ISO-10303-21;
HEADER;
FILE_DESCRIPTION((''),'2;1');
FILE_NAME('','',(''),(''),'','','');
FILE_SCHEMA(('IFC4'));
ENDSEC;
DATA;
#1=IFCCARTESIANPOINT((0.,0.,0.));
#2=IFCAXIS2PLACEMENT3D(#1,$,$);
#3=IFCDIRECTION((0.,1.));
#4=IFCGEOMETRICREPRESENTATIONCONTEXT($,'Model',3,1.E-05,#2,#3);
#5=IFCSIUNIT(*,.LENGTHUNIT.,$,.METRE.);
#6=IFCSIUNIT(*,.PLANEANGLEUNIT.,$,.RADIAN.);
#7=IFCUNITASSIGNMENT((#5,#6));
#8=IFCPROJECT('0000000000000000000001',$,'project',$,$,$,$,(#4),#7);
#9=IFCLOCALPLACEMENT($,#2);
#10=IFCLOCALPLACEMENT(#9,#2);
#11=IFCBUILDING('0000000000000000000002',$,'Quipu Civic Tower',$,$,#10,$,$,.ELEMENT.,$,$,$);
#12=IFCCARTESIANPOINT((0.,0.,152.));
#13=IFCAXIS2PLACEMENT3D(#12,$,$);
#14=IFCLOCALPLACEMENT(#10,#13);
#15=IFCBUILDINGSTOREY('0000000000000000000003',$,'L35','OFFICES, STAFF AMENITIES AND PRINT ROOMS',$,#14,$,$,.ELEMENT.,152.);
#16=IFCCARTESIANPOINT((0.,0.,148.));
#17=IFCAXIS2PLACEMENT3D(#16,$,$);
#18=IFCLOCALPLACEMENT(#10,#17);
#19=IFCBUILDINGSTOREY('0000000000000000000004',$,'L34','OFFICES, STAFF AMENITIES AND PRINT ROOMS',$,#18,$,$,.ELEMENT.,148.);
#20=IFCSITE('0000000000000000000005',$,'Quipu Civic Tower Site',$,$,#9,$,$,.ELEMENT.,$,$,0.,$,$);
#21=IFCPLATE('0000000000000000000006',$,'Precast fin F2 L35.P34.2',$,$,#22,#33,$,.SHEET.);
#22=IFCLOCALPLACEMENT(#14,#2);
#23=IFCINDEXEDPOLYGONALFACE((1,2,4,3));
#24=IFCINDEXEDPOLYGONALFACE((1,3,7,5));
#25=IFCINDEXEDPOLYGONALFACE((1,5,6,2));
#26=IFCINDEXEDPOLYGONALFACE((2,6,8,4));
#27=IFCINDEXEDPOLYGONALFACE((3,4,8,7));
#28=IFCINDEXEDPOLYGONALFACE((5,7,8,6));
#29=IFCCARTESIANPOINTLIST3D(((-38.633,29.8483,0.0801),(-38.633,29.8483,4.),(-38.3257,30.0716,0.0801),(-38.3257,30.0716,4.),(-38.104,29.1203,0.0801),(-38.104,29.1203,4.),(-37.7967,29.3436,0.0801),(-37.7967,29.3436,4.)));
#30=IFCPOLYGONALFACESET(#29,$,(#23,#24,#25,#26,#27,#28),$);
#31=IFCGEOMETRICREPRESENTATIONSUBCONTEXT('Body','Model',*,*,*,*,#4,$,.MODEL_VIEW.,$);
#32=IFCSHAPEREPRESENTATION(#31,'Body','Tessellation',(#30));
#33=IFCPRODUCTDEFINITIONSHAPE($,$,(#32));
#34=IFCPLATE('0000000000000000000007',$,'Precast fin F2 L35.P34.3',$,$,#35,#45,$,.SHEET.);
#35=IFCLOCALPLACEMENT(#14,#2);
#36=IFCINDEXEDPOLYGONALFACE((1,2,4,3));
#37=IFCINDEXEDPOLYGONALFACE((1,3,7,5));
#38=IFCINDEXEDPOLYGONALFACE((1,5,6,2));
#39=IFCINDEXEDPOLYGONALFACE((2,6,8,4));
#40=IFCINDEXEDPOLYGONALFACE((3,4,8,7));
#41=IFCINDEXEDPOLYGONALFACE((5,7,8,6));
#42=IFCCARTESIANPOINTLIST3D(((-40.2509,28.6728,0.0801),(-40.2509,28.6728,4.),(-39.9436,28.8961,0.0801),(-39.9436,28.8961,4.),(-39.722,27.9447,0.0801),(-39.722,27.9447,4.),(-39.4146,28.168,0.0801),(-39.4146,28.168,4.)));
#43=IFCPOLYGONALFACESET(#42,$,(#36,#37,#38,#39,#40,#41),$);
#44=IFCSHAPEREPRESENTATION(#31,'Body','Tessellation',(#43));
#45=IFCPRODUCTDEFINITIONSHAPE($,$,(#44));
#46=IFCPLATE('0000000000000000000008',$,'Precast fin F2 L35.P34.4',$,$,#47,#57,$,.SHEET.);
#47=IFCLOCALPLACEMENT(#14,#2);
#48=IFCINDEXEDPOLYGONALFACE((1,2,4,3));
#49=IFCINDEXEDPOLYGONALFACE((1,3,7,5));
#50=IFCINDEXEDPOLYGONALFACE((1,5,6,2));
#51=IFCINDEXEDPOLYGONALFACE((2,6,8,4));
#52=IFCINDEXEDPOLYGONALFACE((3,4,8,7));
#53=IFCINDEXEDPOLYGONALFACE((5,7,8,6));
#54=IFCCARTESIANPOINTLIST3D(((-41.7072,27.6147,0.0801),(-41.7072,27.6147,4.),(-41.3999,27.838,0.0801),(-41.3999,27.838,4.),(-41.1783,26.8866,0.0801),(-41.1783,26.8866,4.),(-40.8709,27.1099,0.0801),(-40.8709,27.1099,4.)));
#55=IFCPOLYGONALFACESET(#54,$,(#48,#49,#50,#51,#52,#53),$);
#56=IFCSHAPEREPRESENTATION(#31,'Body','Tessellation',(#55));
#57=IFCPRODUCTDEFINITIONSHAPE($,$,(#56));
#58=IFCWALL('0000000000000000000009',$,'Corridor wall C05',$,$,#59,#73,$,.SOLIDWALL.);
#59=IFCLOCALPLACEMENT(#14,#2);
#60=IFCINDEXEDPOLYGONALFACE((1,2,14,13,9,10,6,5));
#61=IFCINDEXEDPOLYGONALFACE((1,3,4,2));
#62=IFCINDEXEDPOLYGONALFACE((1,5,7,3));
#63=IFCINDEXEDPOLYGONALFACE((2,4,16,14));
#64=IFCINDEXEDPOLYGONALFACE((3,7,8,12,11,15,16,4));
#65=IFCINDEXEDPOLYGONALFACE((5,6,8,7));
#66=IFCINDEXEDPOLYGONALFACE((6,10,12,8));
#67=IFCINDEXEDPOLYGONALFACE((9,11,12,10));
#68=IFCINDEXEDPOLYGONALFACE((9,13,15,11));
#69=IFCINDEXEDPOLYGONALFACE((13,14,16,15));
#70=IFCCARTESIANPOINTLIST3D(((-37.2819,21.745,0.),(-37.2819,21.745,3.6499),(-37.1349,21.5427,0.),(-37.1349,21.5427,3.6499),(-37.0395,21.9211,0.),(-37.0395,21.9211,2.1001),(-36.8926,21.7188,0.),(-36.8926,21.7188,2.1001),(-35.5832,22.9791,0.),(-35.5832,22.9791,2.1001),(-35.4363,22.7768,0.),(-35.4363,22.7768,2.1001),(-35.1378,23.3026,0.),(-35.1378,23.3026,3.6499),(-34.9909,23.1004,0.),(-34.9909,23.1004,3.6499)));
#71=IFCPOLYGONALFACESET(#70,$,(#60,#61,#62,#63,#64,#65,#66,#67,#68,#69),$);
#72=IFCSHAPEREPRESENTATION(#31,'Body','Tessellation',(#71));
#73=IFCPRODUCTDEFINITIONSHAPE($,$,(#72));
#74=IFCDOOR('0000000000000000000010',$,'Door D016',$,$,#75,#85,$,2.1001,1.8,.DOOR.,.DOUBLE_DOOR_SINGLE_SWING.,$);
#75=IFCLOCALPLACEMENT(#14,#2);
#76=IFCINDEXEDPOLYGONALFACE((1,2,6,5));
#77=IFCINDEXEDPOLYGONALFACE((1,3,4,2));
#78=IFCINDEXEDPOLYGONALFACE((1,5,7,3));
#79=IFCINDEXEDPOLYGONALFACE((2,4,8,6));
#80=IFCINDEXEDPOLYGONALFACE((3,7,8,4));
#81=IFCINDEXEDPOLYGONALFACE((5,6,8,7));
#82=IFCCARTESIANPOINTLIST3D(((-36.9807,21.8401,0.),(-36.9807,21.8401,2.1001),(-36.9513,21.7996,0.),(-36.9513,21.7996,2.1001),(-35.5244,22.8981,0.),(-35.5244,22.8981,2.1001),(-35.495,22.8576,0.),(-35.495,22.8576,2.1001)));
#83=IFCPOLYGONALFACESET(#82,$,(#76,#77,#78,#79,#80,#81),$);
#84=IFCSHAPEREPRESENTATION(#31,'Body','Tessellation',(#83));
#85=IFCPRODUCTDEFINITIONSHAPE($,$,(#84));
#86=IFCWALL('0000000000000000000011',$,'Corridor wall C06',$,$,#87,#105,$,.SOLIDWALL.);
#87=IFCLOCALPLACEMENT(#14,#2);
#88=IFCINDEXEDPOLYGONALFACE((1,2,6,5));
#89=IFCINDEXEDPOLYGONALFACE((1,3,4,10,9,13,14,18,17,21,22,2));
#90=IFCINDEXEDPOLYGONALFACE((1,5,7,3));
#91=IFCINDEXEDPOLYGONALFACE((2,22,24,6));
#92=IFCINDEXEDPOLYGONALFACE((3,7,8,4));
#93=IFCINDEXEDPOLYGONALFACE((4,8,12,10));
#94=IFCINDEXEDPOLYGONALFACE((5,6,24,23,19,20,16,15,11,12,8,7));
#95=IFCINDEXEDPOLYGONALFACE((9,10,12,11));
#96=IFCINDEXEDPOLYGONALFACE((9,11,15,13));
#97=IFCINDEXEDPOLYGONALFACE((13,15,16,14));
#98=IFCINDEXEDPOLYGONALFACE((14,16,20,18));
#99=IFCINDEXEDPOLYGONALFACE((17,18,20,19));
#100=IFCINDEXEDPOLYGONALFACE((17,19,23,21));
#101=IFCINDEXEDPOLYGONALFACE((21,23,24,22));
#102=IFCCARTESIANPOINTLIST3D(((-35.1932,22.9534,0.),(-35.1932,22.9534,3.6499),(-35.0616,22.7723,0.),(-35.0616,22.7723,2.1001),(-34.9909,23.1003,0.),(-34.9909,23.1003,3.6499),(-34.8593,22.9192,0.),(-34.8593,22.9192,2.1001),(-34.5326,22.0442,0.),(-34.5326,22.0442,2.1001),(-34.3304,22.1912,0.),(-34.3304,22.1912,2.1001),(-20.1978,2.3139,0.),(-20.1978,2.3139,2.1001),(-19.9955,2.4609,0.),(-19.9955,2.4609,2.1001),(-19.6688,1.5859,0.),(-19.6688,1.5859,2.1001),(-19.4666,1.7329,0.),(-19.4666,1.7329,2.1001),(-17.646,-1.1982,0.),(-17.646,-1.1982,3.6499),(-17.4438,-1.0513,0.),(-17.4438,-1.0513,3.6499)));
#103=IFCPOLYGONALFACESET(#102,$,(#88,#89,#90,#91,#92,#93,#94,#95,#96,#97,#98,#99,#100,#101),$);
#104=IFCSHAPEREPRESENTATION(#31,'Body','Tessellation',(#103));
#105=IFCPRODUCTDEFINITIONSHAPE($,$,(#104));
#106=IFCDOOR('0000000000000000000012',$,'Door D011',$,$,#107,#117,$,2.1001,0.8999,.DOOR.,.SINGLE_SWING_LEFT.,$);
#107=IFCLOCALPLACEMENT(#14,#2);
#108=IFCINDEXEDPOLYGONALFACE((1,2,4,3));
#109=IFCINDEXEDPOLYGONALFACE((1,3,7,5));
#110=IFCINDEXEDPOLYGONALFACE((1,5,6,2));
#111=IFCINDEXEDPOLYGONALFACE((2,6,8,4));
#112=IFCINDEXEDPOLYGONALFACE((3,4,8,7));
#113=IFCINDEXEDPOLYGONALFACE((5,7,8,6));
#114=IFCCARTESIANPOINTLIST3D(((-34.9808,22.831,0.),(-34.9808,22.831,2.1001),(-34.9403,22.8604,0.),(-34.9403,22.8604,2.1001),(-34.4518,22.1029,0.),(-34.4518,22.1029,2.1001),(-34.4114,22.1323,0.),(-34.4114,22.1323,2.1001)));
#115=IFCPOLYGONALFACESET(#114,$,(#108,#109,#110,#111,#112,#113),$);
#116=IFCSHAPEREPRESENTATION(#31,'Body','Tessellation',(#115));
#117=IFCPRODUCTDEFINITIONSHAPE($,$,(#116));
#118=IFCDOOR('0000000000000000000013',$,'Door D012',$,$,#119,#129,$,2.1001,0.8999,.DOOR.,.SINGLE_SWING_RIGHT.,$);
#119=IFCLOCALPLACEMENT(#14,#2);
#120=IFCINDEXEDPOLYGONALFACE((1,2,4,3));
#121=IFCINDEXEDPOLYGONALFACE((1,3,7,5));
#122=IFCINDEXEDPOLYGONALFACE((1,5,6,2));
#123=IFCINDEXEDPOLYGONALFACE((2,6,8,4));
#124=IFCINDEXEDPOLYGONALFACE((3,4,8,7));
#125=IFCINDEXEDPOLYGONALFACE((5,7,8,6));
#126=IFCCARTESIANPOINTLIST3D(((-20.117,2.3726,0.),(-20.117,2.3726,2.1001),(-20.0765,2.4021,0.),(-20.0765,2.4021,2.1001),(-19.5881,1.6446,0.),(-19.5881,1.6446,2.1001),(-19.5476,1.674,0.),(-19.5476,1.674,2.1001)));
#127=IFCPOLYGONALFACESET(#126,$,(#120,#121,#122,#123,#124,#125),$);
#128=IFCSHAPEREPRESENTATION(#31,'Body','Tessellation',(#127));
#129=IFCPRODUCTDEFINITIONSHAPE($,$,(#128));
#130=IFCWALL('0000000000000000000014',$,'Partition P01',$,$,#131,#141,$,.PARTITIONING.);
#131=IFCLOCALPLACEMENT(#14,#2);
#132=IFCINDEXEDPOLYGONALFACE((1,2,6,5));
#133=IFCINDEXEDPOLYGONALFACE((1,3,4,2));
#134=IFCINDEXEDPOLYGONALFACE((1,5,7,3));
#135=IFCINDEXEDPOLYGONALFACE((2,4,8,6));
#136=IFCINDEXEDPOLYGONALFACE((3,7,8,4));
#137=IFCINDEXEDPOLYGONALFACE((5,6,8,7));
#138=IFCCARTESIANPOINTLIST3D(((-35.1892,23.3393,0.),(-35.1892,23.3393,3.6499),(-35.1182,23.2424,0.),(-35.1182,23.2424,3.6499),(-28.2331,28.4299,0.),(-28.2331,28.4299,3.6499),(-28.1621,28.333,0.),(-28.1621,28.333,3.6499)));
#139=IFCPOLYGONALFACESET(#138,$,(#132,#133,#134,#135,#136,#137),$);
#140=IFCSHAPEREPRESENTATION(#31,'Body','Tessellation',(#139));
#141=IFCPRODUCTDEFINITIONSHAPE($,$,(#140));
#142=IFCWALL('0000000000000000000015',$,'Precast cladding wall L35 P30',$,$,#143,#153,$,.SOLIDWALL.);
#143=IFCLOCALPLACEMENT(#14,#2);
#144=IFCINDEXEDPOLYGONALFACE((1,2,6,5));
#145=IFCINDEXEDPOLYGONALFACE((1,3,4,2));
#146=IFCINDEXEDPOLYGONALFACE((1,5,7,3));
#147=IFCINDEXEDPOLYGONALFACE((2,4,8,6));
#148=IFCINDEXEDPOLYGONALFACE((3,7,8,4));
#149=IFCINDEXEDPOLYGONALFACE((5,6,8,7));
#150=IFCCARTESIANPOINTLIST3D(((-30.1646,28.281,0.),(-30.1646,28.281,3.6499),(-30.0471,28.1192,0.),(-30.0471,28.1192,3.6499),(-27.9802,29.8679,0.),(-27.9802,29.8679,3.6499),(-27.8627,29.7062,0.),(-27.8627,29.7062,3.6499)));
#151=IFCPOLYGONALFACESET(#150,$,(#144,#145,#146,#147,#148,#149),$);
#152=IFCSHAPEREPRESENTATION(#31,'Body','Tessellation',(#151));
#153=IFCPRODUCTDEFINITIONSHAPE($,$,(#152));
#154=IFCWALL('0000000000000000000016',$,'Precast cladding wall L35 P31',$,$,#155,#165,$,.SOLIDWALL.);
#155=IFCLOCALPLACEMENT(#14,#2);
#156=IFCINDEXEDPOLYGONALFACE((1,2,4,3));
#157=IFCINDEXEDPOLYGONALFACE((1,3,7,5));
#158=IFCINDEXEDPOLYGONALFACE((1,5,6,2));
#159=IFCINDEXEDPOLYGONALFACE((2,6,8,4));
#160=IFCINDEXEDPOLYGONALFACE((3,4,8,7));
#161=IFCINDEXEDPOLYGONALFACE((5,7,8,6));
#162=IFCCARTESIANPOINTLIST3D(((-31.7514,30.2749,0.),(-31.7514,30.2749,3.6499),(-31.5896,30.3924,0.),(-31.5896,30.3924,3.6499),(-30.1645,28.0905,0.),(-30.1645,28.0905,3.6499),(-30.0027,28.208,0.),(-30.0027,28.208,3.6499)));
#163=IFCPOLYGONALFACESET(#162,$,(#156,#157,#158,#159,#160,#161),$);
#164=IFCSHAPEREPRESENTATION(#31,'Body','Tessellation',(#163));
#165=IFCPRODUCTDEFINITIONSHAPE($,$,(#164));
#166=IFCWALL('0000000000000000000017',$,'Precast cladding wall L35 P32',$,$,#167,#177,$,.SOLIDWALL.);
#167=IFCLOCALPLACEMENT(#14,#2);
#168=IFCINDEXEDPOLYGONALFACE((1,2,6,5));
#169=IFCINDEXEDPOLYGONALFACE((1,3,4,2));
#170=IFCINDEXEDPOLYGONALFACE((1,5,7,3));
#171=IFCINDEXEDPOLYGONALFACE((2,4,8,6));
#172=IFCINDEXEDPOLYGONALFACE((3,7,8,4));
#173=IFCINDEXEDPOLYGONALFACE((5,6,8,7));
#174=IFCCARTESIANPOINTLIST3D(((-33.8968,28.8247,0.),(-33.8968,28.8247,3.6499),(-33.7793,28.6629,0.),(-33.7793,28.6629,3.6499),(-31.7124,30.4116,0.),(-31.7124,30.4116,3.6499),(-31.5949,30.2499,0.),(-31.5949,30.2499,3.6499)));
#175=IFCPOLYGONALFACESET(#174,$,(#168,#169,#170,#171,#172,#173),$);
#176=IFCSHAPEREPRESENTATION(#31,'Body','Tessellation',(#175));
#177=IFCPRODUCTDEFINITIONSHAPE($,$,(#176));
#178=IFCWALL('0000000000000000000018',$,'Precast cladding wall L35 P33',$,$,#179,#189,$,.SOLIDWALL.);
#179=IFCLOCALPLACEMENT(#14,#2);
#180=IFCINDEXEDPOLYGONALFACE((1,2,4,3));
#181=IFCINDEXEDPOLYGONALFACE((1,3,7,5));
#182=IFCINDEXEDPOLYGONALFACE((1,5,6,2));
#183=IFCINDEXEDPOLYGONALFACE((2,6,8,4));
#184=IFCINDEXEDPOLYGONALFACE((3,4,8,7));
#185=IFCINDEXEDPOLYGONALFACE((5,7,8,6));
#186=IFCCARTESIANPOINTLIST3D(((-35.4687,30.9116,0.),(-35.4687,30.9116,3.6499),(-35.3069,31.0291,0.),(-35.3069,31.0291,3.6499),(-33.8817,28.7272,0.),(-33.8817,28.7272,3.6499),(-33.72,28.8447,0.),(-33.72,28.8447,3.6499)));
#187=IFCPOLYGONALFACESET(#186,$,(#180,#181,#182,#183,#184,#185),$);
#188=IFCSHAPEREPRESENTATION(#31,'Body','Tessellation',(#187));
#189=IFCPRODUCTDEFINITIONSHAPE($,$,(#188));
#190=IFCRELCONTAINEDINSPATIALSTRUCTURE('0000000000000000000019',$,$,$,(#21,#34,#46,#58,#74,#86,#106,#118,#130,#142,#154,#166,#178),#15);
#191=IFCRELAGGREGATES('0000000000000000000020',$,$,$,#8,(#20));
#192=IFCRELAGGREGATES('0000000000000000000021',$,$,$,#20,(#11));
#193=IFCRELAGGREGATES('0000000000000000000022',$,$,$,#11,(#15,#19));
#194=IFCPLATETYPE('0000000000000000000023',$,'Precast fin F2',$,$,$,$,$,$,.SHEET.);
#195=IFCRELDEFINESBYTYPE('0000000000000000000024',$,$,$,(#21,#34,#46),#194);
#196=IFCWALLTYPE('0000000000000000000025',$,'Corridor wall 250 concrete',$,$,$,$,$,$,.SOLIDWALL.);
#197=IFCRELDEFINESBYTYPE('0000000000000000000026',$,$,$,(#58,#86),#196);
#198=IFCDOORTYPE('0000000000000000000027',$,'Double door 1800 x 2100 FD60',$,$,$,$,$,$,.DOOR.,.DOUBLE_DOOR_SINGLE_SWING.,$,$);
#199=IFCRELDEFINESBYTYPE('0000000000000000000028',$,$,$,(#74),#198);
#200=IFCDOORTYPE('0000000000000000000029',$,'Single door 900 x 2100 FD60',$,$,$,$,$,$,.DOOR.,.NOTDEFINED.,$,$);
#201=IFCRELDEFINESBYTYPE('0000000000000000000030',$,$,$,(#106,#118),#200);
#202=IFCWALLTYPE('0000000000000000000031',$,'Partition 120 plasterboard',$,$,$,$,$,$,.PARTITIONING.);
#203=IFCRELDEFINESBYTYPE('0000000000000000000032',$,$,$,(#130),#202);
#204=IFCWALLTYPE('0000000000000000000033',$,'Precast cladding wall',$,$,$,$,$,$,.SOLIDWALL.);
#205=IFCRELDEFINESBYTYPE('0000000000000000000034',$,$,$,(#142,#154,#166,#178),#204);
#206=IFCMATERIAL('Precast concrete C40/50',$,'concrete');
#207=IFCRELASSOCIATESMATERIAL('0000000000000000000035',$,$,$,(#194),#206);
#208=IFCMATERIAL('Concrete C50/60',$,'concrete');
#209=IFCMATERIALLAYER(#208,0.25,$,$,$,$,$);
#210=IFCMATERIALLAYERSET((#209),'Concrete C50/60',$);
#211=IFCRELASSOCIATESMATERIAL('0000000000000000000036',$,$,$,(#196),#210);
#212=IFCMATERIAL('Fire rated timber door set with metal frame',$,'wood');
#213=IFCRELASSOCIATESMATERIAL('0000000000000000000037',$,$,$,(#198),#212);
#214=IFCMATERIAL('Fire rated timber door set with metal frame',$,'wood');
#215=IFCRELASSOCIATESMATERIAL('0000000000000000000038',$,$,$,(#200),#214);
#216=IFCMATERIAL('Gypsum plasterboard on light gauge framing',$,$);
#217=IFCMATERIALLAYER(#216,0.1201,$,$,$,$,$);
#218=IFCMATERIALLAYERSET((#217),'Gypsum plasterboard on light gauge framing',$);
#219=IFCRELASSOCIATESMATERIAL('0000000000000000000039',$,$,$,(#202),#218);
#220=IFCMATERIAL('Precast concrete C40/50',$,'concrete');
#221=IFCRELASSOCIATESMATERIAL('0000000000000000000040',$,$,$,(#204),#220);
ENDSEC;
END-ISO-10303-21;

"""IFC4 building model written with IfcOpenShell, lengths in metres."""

from ifc_helpers import new_model, si_unit, direction, frame, frame_2d, origin, origin_2d, place, context, subcontext, project, spatial, rectangle, extrude, material, layer, layer_set, type_object, element, fill, save


model = new_model("IFC4")

# Units and contexts
model_context = context("Model", 3, precision=1e-05, world=origin(), true_north=direction((0.0, 1.0)))
body_context = subcontext(model_context, "Body", "Model", "MODEL_VIEW")
ifc_project = project(units=[si_unit("LENGTHUNIT", "METRE"), si_unit("PLANEANGLEUNIT", "RADIAN")], contexts=[model_context])

# Site, building, storey
site_placement = place(None, origin())
site = spatial("IfcSite", under=ifc_project, at=site_placement, Name="Quipu Civic Tower Site", CompositionType="ELEMENT", RefElevation=0.0)
building_placement = place(site_placement, origin())
building = spatial("IfcBuilding", under=site, at=building_placement, Name="Quipu Civic Tower", CompositionType="ELEMENT")
storey_1_placement = place(building_placement, frame((0.0, 0.0, 152.0)))
storey_1 = spatial("IfcBuildingStorey", under=building, at=storey_1_placement, Name="L35", Description="OFFICES, STAFF AMENITIES AND PRINT ROOMS", CompositionType="ELEMENT", Elevation=152.0)

# Shared definitions
storey_2_placement = place(building_placement, frame((0.0, 0.0, 148.0)))
storey_2 = spatial("IfcBuildingStorey", under=building, at=storey_2_placement, Name="L34", Description="OFFICES, STAFF AMENITIES AND PRINT ROOMS", CompositionType="ELEMENT", Elevation=148.0)

# Plates
ifc_material_1 = material(Name="Precast concrete C40/50", Category="concrete")
plate_type_1 = type_object("IfcPlateType", Name="Precast fin F2", PredefinedType="SHEET", material=ifc_material_1)
for number, where, z_axis, x_axis, name in (
    (1, (-38.2148, 29.5959, 0.0801), (0.0, 0.0, 1.0), (-0.809017, -0.587785, 0.0), "Precast fin F2 L35.P34.2"),
    (2, (-39.8328, 28.4204, 0.0801), (0.0, 0.0, 1.0), (-0.809017, -0.587785, 0.0), "Precast fin F2 L35.P34.3"),
    (3, (-41.2891, 27.3623, 0.0801), (0.0, 0.0, 1.0), (-0.809017, -0.587785, 0.0), "Precast fin F2 L35.P34.4"),
):
    element("IfcPlate", number, at=place(storey_1_placement, frame(where, z_axis=z_axis, x_axis=x_axis)), inside=storey_1, type_object=plate_type_1, Name=name, PredefinedType="SHEET", context=body_context, shape_type="SweptSolid", body=[
        extrude(rectangle(XDim=0.3799, YDim=0.8999, at=origin_2d()), origin(), (0.0, 0.0, 1.0), 3.9199),
    ])

# Wall, opening, door
ifc_material_2 = material(Name="Concrete C50/60", Category="concrete")
ifc_layer_1 = layer(ifc_material_2, 0.25)
ifc_layer_set_1 = layer_set([ifc_layer_1], Name="Concrete C50/60")
wall_type_1 = type_object("IfcWallType", Name="Corridor wall 250 concrete", PredefinedType="SOLIDWALL", material=ifc_layer_set_1)
wall_1_placement = place(storey_1_placement, frame((-37.2085, 21.6438, 0.0), z_axis=(0.0, 0.0, 1.0), x_axis=(0.809039, 0.587755, 0.0)))
wall_1 = element("IfcWall", 4, at=wall_1_placement, inside=storey_1, type_object=wall_type_1, Name="Corridor wall C05", PredefinedType="SOLIDWALL", context=body_context, shape_type="SweptSolid", body=[
    extrude(rectangle(XDim=2.6501, YDim=0.25, at=frame_2d((1.3252, 0.0))), origin(), (0.0, 0.0, 1.0), 3.6499),
])
opening_1_placement = place(wall_1_placement, frame((0.2998, 0.0, 0.0)))
opening_1 = element("IfcOpeningElement", 5, at=opening_1_placement, cuts=wall_1, PredefinedType="OPENING", context=body_context, shape_type="SweptSolid", body=[
    extrude(rectangle(XDim=1.8, YDim=2.1001, at=frame_2d((0.8999, 1.05))), frame((0.0, 0.135, 0.0), z_axis=(0.0, -1.0, 0.0), x_axis=(1.0, 0.0, 0.0)), (0.0, 0.0, 1.0), 0.27),
])
ifc_material_3 = material(Name="Fire rated timber door set with metal frame", Category="wood")
door_type_1 = type_object("IfcDoorType", Name="Double door 1800 x 2100 FD60", OperationType="DOUBLE_DOOR_SINGLE_SWING", PredefinedType="DOOR", material=ifc_material_3)
door_1_placement = place(opening_1_placement, origin())
door_1 = element("IfcDoor", 6, at=door_1_placement, inside=storey_1, type_object=door_type_1, Name="Door D016", OperationType="DOUBLE_DOOR_SINGLE_SWING", OverallHeight=2.1001, OverallWidth=1.8, PredefinedType="DOOR", context=body_context, shape_type="SweptSolid", body=[
    extrude(rectangle(XDim=1.8, YDim=2.1001, at=frame_2d((0.8999, 1.05))), frame((0.0, 0.0249, 0.0), z_axis=(0.0, -1.0, 0.0), x_axis=(1.0, 0.0, 0.0)), (0.0, 0.0, 1.0), 0.05),
])
fill(opening_1, door_1)

# Wall, openings, doors
wall_2_placement = place(storey_1_placement, frame((-35.092, 23.0269, 0.0), z_axis=(0.0, 0.0, 1.0), x_axis=(0.587784, -0.809018, 0.0)))
wall_2 = element("IfcWall", 7, at=wall_2_placement, inside=storey_1, type_object=wall_type_1, Name="Corridor wall C06", PredefinedType="SOLIDWALL", context=body_context, shape_type="SweptSolid", body=[
    extrude(rectangle(XDim=29.853, YDim=0.25, at=frame_2d((14.9265, 0.0))), origin(), (0.0, 0.0, 1.0), 3.6499),
])
opening_2_placement = place(wall_2_placement, frame((0.2239, 0.0, 0.0)))
opening_2 = element("IfcOpeningElement", 8, at=opening_2_placement, cuts=wall_2, PredefinedType="OPENING", context=body_context, shape_type="SweptSolid", body=[
    extrude(rectangle(XDim=0.8999, YDim=2.1001, at=frame_2d((0.45, 1.05))), frame((0.0, 0.135, 0.0), z_axis=(0.0, -1.0, 0.0), x_axis=(1.0, 0.0, 0.0)), (0.0, 0.0, 1.0), 0.27),
])
opening_3_placement = place(wall_2_placement, frame((25.5117, 0.0, 0.0)))
opening_3 = element("IfcOpeningElement", 9, at=opening_3_placement, cuts=wall_2, PredefinedType="OPENING", context=body_context, shape_type="SweptSolid", body=[
    extrude(rectangle(XDim=0.8999, YDim=2.1001, at=frame_2d((0.45, 1.05))), frame((0.0, 0.135, 0.0), z_axis=(0.0, -1.0, 0.0), x_axis=(1.0, 0.0, 0.0)), (0.0, 0.0, 1.0), 0.27),
])
ifc_material_4 = material(Name="Fire rated timber door set with metal frame", Category="wood")
door_type_2 = type_object("IfcDoorType", Name="Single door 900 x 2100 FD60", OperationType="NOTDEFINED", PredefinedType="DOOR", material=ifc_material_4)
door_2_placement = place(opening_2_placement, origin())
door_2 = element("IfcDoor", 10, at=door_2_placement, inside=storey_1, type_object=door_type_2, Name="Door D011", OperationType="SINGLE_SWING_LEFT", OverallHeight=2.1001, OverallWidth=0.8999, PredefinedType="DOOR", context=body_context, shape_type="SweptSolid", body=[
    extrude(rectangle(XDim=0.8999, YDim=2.1001, at=frame_2d((0.45, 1.05))), frame((0.0, 0.0249, 0.0), z_axis=(0.0, -1.0, 0.0), x_axis=(1.0, 0.0, 0.0)), (0.0, 0.0, 1.0), 0.05),
])
fill(opening_2, door_2)
door_3_placement = place(opening_3_placement, origin())
door_3 = element("IfcDoor", 11, at=door_3_placement, inside=storey_1, type_object=door_type_2, Name="Door D012", OperationType="SINGLE_SWING_RIGHT", OverallHeight=2.1001, OverallWidth=0.8999, PredefinedType="DOOR", context=body_context, shape_type="SweptSolid", body=[
    extrude(rectangle(XDim=0.8999, YDim=2.1001, at=frame_2d((0.45, 1.05))), frame((0.0, 0.0249, 0.0), z_axis=(0.0, -1.0, 0.0), x_axis=(1.0, 0.0, 0.0)), (0.0, 0.0, 1.0), 0.05),
])
fill(opening_3, door_3)

# Walls
ifc_material_5 = material(Name="Gypsum plasterboard on light gauge framing")
ifc_layer_2 = layer(ifc_material_5, 0.1201)
ifc_layer_set_2 = layer_set([ifc_layer_2], Name="Gypsum plasterboard on light gauge framing")
wall_type_2 = type_object("IfcWallType", Name="Partition 120 plasterboard", PredefinedType="PARTITIONING", material=ifc_layer_set_2)
wall_3_placement = place(storey_1_placement, frame((-35.1538, 23.2908, 0.0), z_axis=(0.0, 0.0, 1.0), x_axis=(0.806987, 0.590569, 0.0)))
element("IfcWall", 12, at=wall_3_placement, inside=storey_1, type_object=wall_type_2, Name="Partition P01", PredefinedType="PARTITIONING", context=body_context, shape_type="SweptSolid", body=[
    extrude(rectangle(XDim=8.6199, YDim=0.1201, at=frame_2d((4.3101, 0.0))), origin(), (0.0, 0.0, 1.0), 3.6499),
])
ifc_material_6 = material(Name="Precast concrete C40/50", Category="concrete")
wall_type_3 = type_object("IfcWallType", Name="Precast cladding wall", PredefinedType="SOLIDWALL", material=ifc_material_6)
for number, where, z_axis, x_axis, name in (
    (13, (-27.9214, 29.7871, 0.0), (0.0, 0.0, 1.0), (-0.809033, -0.587763, 0.0), "Precast cladding wall L35 P30"),
    (14, (-30.0835, 28.1492, 0.0), (0.0, 0.0, 1.0), (-0.587763, 0.809033, 0.0), "Precast cladding wall L35 P31"),
    (15, (-31.6536, 30.3308, 0.0), (0.0, 0.0, 1.0), (-0.809033, -0.587763, 0.0), "Precast cladding wall L35 P32"),
    (16, (-33.8008, 28.7859, 0.0), (0.0, 0.0, 1.0), (-0.587763, 0.809033, 0.0), "Precast cladding wall L35 P33"),
):
    element("IfcWall", number, at=place(storey_1_placement, frame(where, z_axis=z_axis, x_axis=x_axis)), inside=storey_1, type_object=wall_type_3, Name=name, PredefinedType="SOLIDWALL", context=body_context, shape_type="SweptSolid", body=[
        extrude(rectangle(XDim=2.7, YDim=0.2, at=frame_2d((1.3501, 0.0))), origin(), (0.0, 0.0, 1.0), 3.6499),
    ])

save(model, "model.ifc")
